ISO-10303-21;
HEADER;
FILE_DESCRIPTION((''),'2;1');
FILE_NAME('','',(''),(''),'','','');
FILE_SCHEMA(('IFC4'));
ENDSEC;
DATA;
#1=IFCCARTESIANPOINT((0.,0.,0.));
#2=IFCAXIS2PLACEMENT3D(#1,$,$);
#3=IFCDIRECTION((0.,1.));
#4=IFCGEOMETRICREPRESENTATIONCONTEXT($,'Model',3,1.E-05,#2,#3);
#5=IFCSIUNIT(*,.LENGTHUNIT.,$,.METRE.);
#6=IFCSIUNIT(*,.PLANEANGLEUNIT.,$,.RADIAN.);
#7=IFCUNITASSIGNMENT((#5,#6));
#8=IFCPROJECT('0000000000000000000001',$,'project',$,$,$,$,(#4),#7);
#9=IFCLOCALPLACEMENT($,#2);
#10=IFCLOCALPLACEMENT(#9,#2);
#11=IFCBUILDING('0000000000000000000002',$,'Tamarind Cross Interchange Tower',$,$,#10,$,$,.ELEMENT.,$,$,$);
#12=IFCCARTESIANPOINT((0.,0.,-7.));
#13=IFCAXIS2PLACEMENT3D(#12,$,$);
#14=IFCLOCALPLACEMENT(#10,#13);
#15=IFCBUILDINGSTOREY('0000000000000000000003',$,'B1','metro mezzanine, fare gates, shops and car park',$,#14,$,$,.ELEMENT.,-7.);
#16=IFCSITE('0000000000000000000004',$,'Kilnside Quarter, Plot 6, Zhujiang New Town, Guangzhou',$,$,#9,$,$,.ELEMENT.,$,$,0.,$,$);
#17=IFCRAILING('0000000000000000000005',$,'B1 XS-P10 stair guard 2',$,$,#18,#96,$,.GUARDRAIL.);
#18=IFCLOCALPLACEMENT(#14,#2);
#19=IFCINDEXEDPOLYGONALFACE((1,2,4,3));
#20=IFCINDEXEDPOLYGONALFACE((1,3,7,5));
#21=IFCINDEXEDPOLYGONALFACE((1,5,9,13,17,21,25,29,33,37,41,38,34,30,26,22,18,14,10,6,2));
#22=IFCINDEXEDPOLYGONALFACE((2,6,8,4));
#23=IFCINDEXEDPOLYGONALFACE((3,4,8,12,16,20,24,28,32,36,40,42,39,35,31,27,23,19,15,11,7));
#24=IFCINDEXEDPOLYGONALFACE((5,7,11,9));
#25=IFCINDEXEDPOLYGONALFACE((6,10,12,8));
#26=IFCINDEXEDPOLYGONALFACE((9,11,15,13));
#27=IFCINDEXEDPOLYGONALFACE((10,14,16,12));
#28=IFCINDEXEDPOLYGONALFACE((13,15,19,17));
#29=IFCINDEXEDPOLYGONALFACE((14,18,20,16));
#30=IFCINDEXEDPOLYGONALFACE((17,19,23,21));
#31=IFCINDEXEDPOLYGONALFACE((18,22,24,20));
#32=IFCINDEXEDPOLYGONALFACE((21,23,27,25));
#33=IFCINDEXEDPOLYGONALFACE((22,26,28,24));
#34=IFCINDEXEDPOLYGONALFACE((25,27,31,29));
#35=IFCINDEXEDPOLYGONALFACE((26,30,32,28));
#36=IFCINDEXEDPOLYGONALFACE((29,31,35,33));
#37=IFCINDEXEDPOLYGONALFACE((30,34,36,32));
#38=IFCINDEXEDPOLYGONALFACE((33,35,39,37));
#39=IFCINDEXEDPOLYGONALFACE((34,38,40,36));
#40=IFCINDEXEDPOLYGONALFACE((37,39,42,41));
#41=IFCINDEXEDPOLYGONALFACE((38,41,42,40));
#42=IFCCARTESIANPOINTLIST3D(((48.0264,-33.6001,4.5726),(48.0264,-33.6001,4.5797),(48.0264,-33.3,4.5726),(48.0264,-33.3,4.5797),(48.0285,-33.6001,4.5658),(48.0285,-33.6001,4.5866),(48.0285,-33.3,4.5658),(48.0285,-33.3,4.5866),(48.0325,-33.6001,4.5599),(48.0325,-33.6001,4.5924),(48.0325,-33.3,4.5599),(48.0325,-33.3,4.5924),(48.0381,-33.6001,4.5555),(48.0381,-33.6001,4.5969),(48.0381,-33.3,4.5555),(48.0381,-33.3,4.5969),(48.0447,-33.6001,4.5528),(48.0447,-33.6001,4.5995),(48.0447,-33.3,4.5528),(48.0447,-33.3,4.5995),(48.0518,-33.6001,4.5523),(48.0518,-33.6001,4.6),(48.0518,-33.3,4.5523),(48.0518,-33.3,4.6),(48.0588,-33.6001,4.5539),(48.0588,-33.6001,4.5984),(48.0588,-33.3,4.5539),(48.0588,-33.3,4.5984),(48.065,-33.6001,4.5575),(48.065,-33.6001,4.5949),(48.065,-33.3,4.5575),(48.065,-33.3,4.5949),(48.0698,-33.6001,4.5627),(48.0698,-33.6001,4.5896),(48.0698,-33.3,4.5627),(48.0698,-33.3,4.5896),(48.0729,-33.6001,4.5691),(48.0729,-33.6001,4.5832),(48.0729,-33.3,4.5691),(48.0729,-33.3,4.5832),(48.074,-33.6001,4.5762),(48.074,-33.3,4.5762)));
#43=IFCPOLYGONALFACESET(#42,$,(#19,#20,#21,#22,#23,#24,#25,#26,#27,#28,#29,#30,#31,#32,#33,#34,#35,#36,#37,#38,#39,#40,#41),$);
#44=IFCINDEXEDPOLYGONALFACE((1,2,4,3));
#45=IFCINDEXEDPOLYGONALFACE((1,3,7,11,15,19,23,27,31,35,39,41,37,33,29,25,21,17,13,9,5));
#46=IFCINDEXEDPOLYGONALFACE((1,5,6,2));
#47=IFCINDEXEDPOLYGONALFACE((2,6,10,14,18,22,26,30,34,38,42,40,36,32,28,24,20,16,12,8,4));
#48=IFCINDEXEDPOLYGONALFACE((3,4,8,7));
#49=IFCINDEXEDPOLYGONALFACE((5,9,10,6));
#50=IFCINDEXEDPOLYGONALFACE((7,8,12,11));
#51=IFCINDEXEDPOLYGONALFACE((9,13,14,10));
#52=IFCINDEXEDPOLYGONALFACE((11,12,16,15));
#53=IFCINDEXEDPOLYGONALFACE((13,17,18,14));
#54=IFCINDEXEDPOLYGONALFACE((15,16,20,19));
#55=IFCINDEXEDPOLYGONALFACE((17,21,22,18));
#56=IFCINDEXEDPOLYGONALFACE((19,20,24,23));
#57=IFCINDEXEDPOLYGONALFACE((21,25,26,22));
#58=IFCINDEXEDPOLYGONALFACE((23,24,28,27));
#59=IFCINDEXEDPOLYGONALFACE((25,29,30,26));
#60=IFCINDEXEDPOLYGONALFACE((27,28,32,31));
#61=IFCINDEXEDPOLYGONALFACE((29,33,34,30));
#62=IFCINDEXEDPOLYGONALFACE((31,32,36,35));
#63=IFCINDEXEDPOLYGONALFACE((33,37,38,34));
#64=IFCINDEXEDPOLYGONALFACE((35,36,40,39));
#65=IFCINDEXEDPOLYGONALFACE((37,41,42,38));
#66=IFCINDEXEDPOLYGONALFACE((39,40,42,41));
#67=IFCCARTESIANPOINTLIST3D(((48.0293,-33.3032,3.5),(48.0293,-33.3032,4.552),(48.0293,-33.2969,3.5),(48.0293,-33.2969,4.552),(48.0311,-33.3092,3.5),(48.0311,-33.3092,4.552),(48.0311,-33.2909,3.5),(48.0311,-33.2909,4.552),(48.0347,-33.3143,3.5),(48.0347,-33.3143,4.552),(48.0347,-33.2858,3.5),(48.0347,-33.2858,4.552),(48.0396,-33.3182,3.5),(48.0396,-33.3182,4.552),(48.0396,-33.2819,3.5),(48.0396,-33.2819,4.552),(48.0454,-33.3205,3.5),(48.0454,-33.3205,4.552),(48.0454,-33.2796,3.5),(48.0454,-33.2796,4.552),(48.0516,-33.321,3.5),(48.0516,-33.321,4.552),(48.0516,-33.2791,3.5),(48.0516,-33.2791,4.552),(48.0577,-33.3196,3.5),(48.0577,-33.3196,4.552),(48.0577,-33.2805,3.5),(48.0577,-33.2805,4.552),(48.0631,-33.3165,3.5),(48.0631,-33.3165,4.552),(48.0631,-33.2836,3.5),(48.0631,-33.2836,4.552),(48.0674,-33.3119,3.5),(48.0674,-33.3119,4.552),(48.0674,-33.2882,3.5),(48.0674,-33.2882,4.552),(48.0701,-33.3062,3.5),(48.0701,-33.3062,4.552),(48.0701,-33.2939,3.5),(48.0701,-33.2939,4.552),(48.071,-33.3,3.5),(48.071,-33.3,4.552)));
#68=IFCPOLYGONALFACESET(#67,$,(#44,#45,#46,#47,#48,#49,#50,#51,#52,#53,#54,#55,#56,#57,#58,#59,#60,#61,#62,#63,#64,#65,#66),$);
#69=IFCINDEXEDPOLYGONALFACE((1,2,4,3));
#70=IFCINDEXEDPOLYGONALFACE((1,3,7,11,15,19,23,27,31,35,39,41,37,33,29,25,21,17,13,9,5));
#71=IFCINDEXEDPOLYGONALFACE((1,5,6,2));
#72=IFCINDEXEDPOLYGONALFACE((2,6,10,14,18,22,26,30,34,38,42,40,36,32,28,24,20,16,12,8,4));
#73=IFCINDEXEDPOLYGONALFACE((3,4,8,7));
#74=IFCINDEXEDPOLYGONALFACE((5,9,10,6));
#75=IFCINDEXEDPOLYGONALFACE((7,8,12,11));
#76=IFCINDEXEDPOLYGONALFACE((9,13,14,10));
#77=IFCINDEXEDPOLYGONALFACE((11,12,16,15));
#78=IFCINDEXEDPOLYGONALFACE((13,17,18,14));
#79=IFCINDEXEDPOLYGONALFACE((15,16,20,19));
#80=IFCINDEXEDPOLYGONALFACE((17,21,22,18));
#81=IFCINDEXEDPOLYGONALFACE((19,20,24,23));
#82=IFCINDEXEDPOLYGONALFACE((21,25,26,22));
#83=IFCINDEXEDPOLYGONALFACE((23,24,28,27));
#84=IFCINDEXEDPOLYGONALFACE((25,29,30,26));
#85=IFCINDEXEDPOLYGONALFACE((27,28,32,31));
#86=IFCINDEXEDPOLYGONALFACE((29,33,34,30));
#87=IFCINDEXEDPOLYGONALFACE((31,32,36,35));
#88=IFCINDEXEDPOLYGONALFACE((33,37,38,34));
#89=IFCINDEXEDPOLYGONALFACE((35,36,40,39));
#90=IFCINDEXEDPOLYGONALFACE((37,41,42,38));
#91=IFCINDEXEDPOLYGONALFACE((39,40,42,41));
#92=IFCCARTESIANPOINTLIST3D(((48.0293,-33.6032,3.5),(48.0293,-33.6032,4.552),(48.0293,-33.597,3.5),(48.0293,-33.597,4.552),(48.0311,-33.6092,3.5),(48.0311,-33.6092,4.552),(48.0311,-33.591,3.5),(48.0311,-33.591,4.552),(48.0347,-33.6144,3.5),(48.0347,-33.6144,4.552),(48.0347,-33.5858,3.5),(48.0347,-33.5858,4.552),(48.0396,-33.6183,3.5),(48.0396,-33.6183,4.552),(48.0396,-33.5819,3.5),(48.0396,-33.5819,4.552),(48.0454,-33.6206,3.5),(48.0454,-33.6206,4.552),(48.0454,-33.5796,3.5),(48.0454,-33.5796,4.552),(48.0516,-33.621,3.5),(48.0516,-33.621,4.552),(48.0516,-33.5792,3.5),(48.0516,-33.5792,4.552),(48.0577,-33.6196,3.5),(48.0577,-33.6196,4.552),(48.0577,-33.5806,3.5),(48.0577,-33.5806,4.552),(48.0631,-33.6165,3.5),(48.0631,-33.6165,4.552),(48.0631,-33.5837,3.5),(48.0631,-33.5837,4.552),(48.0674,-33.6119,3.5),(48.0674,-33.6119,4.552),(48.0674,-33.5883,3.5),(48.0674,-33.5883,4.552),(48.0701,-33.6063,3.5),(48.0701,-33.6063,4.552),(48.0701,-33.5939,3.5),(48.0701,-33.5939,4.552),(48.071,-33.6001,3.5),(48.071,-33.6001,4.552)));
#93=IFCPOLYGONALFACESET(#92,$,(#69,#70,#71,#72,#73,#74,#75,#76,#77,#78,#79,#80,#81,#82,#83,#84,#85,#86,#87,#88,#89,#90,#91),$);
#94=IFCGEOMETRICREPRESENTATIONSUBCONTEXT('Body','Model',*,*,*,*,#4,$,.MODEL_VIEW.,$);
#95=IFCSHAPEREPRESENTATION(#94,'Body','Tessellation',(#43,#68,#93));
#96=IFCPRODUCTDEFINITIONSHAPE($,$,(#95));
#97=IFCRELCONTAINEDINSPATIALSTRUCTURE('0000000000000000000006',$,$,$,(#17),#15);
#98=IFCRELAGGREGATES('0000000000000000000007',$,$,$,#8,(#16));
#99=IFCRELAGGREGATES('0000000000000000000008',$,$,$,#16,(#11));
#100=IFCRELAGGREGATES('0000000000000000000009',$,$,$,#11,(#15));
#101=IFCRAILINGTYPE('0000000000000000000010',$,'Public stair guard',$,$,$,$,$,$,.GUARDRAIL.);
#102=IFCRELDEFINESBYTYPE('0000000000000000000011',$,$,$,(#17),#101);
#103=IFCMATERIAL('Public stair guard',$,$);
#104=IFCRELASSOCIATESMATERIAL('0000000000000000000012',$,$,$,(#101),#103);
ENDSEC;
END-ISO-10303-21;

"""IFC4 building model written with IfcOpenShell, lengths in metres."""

from ifc_helpers import new_model, si_unit, direction, frame, origin, origin_2d, place, context, subcontext, project, spatial, circle, extrude, material, type_object, element, save


model = new_model("IFC4")

# Units and contexts
model_context = context("Model", 3, precision=1e-05, world=origin(), true_north=direction((0.0, 1.0)))
body_context = subcontext(model_context, "Body", "Model", "MODEL_VIEW")
ifc_project = project(units=[si_unit("LENGTHUNIT", "METRE"), si_unit("PLANEANGLEUNIT", "RADIAN")], contexts=[model_context])

# Site, building, storey
site_placement = place(None, origin())
site = spatial("IfcSite", under=ifc_project, at=site_placement, Name="Kilnside Quarter, Plot 6, Zhujiang New Town, Guangzhou", CompositionType="ELEMENT", RefElevation=0.0)
building_placement = place(site_placement, origin())
building = spatial("IfcBuilding", under=site, at=building_placement, Name="Tamarind Cross Interchange Tower", CompositionType="ELEMENT")
storey_placement = place(building_placement, frame((0.0, 0.0, -7.0)))
storey = spatial("IfcBuildingStorey", under=building, at=storey_placement, Name="B1", Description="metro mezzanine, fare gates, shops and car park", CompositionType="ELEMENT", Elevation=-7.0)

# Railing
ifc_material_1 = material(Name="Public stair guard")
railing_type_1 = type_object("IfcRailingType", Name="Public stair guard", PredefinedType="GUARDRAIL", material=ifc_material_1)
railing_1_placement = place(storey_placement, frame((48.05, -33.3, 3.5)))
element("IfcRailing", 1, at=railing_1_placement, inside=storey, type_object=railing_type_1, Name="B1 XS-P10 stair guard 2", PredefinedType="GUARDRAIL", context=body_context, shape_type="SweptSolid", body=[
    extrude(circle(Radius=0.0239, at=origin_2d()), frame((0.0, 0.0, 1.0762), z_axis=(0.0, -1.0, 0.0), x_axis=(1.0, 0.0, 0.0)), (0.0, 0.0, 1.0), 0.3),
    extrude(circle(Radius=0.021, at=origin_2d()), origin(), (0.0, 0.0, 1.0), 1.052),
    extrude(circle(Radius=0.021, at=origin_2d()), frame((0.0, -0.3, 0.0)), (0.0, 0.0, 1.0), 1.052),
])

save(model, "model.ifc")
